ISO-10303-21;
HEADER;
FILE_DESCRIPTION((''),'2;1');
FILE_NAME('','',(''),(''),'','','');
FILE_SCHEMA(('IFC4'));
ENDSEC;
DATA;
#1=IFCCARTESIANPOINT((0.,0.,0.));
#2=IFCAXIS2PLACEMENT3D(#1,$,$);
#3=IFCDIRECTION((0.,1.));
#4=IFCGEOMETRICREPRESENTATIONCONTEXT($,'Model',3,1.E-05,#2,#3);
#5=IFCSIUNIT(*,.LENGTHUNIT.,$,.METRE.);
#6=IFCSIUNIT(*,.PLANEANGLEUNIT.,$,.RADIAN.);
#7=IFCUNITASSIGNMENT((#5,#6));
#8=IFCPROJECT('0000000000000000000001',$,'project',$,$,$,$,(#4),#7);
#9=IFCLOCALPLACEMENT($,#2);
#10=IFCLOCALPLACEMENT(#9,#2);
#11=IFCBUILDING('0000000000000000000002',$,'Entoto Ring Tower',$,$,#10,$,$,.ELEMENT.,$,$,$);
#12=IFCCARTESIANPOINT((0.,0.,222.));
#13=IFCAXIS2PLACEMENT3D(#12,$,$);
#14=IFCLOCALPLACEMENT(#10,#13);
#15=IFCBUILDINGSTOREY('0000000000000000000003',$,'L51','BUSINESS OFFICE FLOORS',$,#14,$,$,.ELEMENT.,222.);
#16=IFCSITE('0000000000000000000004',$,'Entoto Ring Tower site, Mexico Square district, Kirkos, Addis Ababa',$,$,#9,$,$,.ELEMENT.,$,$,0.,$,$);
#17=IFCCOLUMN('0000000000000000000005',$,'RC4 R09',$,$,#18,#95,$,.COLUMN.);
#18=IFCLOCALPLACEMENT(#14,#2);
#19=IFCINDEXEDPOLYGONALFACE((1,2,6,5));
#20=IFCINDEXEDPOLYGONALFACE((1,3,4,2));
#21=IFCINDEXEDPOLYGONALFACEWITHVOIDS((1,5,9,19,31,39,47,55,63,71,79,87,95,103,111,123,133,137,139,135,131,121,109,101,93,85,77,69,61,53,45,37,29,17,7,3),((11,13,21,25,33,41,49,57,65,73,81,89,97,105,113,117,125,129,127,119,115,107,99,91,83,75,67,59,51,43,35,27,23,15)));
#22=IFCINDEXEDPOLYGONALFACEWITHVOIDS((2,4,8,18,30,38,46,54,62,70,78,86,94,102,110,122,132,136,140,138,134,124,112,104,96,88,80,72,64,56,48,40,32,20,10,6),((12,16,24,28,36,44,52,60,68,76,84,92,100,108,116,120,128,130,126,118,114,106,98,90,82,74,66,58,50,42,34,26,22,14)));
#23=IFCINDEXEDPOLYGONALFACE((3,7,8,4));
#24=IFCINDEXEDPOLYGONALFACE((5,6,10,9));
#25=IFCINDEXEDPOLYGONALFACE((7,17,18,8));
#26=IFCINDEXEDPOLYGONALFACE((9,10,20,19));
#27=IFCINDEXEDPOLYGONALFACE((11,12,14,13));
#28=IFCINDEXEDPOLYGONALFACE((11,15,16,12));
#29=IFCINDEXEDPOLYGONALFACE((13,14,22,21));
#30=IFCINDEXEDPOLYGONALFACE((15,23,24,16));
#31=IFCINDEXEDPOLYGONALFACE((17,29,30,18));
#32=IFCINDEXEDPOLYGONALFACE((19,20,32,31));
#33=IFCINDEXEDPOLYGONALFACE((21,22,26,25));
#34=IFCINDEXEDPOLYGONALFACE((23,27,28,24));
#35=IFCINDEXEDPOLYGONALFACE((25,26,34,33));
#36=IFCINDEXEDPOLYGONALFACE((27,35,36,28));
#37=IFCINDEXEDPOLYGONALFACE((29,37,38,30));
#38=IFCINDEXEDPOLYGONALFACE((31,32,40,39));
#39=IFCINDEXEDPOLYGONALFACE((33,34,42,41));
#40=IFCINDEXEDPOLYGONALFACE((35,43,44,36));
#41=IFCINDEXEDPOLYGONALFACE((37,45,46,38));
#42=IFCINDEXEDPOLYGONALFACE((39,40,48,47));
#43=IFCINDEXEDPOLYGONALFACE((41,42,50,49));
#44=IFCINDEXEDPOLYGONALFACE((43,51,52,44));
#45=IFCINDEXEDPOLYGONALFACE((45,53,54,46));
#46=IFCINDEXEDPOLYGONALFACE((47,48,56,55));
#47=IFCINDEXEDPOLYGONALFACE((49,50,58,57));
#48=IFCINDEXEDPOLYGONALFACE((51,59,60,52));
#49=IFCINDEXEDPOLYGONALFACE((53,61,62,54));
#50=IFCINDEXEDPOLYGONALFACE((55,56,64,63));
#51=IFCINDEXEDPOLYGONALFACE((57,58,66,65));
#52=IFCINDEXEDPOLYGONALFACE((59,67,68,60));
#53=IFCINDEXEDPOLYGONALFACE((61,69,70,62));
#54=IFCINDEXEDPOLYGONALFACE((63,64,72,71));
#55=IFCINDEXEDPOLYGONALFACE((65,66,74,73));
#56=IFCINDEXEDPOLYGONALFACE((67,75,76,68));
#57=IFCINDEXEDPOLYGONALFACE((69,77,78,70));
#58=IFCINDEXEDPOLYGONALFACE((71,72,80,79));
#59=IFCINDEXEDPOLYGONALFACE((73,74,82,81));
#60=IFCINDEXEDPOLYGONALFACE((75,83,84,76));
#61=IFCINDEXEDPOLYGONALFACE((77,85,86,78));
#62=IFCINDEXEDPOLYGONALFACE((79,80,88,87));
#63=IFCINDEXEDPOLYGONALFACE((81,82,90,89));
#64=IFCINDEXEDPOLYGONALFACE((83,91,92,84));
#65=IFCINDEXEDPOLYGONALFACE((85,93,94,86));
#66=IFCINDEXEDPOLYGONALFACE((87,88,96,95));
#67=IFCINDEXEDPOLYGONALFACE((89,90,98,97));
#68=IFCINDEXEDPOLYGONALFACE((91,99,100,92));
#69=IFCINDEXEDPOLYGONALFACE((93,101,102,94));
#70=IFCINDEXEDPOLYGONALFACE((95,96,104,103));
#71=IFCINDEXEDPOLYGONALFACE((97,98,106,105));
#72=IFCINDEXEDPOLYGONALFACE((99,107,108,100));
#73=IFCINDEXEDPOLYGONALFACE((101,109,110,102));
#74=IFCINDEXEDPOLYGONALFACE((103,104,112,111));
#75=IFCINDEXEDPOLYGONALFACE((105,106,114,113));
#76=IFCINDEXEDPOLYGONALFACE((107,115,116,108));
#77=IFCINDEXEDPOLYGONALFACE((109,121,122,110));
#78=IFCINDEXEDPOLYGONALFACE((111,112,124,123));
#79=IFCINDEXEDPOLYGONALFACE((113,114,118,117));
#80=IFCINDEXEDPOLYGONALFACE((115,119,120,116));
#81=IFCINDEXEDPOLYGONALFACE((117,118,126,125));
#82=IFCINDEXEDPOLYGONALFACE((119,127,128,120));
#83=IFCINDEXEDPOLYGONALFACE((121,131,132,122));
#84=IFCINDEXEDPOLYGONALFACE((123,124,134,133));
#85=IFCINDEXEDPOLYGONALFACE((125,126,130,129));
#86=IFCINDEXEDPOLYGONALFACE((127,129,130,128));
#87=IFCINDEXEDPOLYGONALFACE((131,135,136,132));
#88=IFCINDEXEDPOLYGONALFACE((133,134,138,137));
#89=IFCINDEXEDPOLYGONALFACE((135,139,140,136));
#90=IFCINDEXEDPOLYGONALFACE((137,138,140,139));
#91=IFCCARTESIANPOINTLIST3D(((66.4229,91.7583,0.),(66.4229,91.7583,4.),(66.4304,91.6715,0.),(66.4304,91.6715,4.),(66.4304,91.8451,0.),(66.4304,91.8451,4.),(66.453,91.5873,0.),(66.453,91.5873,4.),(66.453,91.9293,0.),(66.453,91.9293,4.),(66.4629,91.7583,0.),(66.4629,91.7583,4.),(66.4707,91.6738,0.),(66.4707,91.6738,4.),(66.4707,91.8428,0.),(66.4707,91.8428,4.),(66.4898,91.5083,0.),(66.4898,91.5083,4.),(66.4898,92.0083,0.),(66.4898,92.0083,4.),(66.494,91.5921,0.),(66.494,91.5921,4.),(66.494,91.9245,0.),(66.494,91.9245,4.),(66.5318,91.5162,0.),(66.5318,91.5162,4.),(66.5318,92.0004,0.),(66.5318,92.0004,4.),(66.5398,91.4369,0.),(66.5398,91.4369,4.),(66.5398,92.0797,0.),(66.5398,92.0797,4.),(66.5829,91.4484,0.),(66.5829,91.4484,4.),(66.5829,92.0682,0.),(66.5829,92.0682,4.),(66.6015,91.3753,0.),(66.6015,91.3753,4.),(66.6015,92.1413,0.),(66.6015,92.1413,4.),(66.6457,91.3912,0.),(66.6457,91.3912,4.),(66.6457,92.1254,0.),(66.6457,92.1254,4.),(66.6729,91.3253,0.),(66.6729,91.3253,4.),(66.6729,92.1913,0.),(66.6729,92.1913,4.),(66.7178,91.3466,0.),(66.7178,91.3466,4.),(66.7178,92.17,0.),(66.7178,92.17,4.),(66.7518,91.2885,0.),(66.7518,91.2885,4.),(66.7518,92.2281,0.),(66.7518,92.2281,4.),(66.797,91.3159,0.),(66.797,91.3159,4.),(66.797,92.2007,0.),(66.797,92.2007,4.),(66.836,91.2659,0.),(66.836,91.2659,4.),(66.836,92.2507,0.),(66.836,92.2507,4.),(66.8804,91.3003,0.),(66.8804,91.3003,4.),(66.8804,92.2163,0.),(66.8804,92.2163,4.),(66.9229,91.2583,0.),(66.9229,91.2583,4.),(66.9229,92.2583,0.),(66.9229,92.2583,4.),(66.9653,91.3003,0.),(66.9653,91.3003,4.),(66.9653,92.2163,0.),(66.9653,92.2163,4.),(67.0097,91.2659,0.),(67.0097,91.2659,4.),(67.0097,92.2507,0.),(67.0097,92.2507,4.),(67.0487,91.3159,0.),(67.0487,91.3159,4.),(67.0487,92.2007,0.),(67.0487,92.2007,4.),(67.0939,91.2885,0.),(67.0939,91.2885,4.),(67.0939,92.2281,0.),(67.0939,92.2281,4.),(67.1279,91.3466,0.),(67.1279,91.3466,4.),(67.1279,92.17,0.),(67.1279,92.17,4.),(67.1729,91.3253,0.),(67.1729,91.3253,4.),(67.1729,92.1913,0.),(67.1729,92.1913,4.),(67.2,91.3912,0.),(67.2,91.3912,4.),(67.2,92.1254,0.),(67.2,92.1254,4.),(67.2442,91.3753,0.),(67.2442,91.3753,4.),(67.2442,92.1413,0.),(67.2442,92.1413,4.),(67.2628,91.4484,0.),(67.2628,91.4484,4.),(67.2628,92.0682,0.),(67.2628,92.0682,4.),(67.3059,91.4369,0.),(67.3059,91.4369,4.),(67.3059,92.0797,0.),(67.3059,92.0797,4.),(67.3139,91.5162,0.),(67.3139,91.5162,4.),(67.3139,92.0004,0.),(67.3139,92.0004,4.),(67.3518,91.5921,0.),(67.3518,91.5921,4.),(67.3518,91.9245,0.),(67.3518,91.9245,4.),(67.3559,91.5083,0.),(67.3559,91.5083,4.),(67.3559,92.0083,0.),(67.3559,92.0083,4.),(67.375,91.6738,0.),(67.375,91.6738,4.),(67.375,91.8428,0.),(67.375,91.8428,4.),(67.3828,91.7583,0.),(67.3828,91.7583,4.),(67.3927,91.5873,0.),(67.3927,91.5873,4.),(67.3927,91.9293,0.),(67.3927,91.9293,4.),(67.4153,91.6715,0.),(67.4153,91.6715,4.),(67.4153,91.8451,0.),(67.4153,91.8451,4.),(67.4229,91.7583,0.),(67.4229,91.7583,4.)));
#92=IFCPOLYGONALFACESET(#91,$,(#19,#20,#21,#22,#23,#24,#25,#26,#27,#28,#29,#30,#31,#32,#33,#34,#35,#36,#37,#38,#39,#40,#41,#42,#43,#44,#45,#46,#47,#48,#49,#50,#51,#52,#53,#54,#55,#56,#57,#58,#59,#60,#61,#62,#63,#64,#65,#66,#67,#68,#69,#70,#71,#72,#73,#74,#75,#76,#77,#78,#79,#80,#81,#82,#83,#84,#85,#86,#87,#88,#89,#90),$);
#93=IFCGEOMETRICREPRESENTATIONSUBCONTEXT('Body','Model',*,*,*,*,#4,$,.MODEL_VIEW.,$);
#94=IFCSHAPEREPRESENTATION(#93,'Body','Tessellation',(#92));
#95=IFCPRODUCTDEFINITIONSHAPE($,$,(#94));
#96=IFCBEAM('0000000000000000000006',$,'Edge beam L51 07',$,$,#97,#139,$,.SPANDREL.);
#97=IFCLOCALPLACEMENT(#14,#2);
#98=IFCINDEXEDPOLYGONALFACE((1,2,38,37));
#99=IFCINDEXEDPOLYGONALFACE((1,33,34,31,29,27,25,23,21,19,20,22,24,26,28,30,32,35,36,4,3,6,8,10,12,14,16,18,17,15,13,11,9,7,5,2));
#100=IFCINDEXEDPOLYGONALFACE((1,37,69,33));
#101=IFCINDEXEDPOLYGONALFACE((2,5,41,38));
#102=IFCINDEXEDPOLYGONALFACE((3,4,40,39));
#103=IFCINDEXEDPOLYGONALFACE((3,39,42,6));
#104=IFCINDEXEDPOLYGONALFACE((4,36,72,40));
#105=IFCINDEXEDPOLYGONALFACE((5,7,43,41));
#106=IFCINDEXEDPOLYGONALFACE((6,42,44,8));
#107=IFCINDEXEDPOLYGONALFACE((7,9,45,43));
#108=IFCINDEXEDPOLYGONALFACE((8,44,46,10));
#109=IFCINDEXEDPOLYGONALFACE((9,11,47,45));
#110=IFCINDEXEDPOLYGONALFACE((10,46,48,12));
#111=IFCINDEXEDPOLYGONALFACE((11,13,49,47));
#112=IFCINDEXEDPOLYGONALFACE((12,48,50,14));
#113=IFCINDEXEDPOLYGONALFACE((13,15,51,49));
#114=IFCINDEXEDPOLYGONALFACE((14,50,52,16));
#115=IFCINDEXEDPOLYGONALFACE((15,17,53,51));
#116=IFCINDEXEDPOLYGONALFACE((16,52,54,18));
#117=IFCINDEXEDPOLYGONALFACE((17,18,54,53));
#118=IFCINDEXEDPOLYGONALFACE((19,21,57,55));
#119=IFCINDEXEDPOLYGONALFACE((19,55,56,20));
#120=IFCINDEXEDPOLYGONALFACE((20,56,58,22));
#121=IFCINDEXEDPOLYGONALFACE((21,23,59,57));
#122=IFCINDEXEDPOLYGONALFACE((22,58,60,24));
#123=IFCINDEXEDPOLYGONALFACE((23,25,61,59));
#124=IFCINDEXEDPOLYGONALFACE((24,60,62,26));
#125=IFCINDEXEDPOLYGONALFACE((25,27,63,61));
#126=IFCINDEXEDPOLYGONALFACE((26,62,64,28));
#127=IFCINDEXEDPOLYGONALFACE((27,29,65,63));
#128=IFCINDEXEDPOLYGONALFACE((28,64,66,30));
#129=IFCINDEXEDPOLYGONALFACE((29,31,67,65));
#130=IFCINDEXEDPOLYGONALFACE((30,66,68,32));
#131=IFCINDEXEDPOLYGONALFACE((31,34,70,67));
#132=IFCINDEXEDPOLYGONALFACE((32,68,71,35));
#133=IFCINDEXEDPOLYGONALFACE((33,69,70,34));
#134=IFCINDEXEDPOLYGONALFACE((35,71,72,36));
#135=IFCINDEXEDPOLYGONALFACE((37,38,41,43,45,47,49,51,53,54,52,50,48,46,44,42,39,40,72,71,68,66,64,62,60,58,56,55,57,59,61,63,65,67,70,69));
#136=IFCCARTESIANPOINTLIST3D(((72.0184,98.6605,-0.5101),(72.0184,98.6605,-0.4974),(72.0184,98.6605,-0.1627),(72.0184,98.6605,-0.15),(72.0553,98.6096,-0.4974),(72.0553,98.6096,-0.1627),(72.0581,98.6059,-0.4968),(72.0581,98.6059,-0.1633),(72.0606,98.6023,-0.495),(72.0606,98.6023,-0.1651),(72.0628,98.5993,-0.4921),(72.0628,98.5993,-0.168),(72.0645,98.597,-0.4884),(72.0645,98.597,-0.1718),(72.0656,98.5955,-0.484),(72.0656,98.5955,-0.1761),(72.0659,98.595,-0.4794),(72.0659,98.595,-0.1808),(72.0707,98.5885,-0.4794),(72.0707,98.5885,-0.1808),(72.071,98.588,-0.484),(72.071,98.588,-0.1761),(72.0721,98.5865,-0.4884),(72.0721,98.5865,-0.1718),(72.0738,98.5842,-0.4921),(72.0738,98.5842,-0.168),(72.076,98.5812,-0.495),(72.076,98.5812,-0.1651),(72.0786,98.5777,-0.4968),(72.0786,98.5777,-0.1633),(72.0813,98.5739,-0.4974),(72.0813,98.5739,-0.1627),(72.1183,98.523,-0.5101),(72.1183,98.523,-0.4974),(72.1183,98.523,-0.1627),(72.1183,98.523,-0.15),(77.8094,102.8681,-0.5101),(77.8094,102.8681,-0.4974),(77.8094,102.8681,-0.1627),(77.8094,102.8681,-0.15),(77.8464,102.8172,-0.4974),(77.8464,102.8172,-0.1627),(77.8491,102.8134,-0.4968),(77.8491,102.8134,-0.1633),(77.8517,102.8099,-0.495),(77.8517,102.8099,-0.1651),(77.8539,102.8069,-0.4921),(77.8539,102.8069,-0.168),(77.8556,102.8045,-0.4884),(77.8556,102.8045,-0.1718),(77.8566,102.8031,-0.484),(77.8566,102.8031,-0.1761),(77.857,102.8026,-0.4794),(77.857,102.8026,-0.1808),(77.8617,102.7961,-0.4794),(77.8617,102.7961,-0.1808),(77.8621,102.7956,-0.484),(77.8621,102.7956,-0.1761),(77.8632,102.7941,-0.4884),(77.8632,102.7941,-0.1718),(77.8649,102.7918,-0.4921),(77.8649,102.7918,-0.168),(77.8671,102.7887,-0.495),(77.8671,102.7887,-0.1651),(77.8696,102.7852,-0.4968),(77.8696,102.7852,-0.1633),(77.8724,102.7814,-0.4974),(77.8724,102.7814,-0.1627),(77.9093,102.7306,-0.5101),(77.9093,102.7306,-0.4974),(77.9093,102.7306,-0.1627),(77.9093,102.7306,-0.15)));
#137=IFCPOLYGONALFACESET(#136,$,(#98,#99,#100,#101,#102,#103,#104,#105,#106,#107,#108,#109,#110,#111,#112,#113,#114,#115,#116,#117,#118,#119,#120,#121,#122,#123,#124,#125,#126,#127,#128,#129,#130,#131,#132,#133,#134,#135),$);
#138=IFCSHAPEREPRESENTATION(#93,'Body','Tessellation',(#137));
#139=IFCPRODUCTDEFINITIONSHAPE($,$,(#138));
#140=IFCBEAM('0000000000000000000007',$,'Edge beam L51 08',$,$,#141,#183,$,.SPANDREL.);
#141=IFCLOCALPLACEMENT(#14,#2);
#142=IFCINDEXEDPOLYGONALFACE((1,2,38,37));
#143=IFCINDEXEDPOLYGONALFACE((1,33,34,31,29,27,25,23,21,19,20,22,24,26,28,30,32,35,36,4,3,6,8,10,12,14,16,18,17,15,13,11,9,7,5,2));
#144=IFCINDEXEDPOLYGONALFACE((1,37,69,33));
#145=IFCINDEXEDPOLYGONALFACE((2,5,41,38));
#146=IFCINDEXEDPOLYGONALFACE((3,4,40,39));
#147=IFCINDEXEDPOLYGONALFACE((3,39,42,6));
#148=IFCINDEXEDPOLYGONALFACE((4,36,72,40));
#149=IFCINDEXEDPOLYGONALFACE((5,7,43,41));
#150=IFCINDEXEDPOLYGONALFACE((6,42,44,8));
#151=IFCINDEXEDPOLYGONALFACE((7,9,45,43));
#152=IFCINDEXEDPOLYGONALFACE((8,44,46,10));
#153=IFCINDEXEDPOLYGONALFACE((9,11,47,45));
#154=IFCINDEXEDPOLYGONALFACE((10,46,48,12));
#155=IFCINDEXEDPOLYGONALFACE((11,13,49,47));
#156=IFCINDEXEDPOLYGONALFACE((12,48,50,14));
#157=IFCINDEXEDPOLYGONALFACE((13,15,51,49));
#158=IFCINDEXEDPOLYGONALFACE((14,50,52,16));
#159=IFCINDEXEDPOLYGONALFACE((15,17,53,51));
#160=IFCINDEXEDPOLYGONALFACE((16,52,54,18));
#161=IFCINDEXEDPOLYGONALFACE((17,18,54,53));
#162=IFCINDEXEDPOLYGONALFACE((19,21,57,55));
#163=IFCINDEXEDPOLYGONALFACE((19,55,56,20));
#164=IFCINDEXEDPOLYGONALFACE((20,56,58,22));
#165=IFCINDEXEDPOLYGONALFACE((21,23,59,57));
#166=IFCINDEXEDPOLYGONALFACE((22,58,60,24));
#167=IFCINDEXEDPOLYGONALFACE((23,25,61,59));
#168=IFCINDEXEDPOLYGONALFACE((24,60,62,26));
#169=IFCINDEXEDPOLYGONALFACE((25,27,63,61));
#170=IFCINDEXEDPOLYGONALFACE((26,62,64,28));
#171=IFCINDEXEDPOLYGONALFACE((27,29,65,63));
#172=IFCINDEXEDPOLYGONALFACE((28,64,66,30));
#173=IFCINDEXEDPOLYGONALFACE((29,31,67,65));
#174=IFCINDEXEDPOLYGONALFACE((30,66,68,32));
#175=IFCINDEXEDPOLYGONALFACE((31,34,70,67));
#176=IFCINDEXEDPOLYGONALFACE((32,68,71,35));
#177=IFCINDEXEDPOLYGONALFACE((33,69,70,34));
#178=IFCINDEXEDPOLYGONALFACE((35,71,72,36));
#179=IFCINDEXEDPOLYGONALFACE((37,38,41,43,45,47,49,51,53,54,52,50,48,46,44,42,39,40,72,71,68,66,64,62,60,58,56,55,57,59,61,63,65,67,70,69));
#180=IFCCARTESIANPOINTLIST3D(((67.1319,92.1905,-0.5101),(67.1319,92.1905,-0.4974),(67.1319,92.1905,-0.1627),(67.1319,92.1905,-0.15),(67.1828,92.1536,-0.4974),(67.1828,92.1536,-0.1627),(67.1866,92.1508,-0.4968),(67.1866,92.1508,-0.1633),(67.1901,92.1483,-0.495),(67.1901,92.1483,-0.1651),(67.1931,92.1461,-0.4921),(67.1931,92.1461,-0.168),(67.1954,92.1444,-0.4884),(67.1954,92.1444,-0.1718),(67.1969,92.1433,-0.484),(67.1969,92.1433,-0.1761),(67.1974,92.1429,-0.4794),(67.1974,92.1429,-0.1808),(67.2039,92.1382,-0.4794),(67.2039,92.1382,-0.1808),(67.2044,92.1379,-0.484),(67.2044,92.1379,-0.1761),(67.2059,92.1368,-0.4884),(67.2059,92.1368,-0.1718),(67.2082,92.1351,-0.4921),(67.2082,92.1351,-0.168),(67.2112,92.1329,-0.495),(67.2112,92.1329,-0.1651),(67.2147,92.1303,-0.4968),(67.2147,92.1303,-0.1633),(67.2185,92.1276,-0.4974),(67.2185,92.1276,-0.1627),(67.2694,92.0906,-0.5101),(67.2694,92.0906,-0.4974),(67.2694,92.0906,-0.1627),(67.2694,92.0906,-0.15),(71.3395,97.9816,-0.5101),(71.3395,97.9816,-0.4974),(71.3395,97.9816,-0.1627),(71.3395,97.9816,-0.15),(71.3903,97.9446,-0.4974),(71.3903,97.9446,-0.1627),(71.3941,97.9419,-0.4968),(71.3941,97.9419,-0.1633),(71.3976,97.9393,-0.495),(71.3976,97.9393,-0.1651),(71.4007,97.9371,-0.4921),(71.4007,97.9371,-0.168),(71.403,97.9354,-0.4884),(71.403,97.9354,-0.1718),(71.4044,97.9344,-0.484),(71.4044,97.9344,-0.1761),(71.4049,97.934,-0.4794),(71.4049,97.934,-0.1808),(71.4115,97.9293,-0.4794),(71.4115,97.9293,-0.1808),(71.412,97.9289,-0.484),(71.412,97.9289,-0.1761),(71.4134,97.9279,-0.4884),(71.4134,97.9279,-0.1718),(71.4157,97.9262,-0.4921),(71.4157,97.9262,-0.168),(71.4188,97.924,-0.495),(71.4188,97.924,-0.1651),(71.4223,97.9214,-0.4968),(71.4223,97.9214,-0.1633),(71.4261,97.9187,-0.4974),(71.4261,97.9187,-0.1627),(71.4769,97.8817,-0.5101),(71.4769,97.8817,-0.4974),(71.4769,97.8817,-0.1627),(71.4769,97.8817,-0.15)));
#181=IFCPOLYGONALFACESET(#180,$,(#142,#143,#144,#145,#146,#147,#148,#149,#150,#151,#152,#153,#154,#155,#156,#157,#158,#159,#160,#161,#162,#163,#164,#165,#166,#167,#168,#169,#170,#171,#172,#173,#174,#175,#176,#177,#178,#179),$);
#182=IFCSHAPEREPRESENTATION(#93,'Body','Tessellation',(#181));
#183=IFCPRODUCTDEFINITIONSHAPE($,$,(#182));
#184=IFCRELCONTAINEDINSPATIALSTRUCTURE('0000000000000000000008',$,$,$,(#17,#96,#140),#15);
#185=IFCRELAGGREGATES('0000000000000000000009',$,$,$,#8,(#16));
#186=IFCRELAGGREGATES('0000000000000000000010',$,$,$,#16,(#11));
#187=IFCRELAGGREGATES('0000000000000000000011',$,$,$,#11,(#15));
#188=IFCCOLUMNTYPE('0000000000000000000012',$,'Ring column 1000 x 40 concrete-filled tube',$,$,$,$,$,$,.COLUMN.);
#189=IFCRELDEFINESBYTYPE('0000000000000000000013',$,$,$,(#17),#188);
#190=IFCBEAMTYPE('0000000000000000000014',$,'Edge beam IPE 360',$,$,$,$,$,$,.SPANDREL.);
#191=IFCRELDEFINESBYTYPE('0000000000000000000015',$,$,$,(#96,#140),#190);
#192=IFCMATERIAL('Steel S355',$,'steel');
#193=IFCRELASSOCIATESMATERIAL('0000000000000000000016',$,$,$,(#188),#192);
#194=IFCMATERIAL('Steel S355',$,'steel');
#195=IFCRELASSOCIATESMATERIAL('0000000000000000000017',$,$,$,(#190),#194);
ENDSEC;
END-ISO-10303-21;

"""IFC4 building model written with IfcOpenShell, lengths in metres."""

from ifc_helpers import new_model, si_unit, direction, frame, origin, origin_2d, place, context, subcontext, project, spatial, circle, hollow_circle, i_section, extrude, material, material_profile, profile_set, type_object, element, save


model = new_model("IFC4")

# Units and contexts
model_context = context("Model", 3, precision=1e-05, world=origin(), true_north=direction((0.0, 1.0)))
body_context = subcontext(model_context, "Body", "Model", "MODEL_VIEW")
ifc_project = project(units=[si_unit("LENGTHUNIT", "METRE"), si_unit("PLANEANGLEUNIT", "RADIAN")], contexts=[model_context])

# Site, building, storey
site_placement = place(None, origin())
site = spatial("IfcSite", under=ifc_project, at=site_placement, Name="Entoto Ring Tower site, Mexico Square district, Kirkos, Addis Ababa", CompositionType="ELEMENT", RefElevation=0.0)
building_placement = place(site_placement, origin())
building = spatial("IfcBuilding", under=site, at=building_placement, Name="Entoto Ring Tower", CompositionType="ELEMENT")
storey_placement = place(building_placement, frame((0.0, 0.0, 222.0)))
storey = spatial("IfcBuildingStorey", under=building, at=storey_placement, Name="L51", Description="BUSINESS OFFICE FLOORS", CompositionType="ELEMENT", Elevation=222.0)

# Column
ifc_material_1 = material(Name="Steel S355", Category="steel")
ifc_material_profile_1 = material_profile(ifc_material_1, hollow_circle(Radius=0.5, WallThickness=0.04, at=origin_2d()), Name="CHS 1000 x 40")
ifc_material_2 = material(Name="Concrete C60/75", Category="concrete")
ifc_material_profile_2 = material_profile(ifc_material_2, circle(Radius=0.46, at=origin_2d()), Name="Concrete C60/75 infill")
ifc_profile_set_1 = profile_set([ifc_material_profile_1, ifc_material_profile_2], Name="Steel S355")
column_type = type_object("IfcColumnType", Name="Ring column 1000 x 40 concrete-filled tube", PredefinedType="COLUMN", material=ifc_profile_set_1)
for number, where, z_axis, x_axis, name in (
    (1, (66.9229, 91.7583, 0.0), (0.0, 0.0, 1.0), (1.0, 0.0, 0.0), "RC4 R09"),
):
    element("IfcColumn", number, at=place(storey_placement, frame(where, z_axis=z_axis, x_axis=x_axis)), inside=storey, type_object=column_type, Name=name, PredefinedType="COLUMN", context=body_context, shape_type="SweptSolid", body=[
        extrude(hollow_circle(Radius=0.5, WallThickness=0.04, at=origin_2d()), origin(), (0.0, 0.0, 1.0), 4.0),
    ])

# Beams
ifc_material_3 = material(Name="Steel S355", Category="steel")
ifc_material_profile_3 = material_profile(ifc_material_3, i_section(OverallWidth=0.1699, OverallDepth=0.3601, WebThickness=0.0081, FlangeThickness=0.0127, FilletRadius=0.0181, at=origin_2d()), Name="IPE 360")
ifc_profile_set_2 = profile_set([ifc_material_profile_3], Name="Steel S355")
beam_type_1 = type_object("IfcBeamType", Name="Edge beam IPE 360", PredefinedType="SPANDREL", material=ifc_profile_set_2)
for number, where, z_axis, x_axis, name in (
    (2, (77.8594, 102.7993, -0.3301), (-0.80901, -0.587794, 0.0), (0.587794, -0.80901, 0.0), "Edge beam L51 07"),
    (3, (71.4082, 97.9316, -0.3301), (-0.587794, -0.80901, 0.0), (0.80901, -0.587794, 0.0), "Edge beam L51 08"),
):
    element("IfcBeam", number, at=place(storey_placement, frame(where, z_axis=z_axis, x_axis=x_axis)), inside=storey, type_object=beam_type_1, Name=name, PredefinedType="SPANDREL", context=body_context, shape_type="SweptSolid", body=[
        extrude(i_section(OverallWidth=0.1699, OverallDepth=0.3601, WebThickness=0.0081, FlangeThickness=0.0127, FilletRadius=0.0181, at=origin_2d()), origin(), (0.0, 0.0, 1.0), 7.1582),
    ])

save(model, "model.ifc")
